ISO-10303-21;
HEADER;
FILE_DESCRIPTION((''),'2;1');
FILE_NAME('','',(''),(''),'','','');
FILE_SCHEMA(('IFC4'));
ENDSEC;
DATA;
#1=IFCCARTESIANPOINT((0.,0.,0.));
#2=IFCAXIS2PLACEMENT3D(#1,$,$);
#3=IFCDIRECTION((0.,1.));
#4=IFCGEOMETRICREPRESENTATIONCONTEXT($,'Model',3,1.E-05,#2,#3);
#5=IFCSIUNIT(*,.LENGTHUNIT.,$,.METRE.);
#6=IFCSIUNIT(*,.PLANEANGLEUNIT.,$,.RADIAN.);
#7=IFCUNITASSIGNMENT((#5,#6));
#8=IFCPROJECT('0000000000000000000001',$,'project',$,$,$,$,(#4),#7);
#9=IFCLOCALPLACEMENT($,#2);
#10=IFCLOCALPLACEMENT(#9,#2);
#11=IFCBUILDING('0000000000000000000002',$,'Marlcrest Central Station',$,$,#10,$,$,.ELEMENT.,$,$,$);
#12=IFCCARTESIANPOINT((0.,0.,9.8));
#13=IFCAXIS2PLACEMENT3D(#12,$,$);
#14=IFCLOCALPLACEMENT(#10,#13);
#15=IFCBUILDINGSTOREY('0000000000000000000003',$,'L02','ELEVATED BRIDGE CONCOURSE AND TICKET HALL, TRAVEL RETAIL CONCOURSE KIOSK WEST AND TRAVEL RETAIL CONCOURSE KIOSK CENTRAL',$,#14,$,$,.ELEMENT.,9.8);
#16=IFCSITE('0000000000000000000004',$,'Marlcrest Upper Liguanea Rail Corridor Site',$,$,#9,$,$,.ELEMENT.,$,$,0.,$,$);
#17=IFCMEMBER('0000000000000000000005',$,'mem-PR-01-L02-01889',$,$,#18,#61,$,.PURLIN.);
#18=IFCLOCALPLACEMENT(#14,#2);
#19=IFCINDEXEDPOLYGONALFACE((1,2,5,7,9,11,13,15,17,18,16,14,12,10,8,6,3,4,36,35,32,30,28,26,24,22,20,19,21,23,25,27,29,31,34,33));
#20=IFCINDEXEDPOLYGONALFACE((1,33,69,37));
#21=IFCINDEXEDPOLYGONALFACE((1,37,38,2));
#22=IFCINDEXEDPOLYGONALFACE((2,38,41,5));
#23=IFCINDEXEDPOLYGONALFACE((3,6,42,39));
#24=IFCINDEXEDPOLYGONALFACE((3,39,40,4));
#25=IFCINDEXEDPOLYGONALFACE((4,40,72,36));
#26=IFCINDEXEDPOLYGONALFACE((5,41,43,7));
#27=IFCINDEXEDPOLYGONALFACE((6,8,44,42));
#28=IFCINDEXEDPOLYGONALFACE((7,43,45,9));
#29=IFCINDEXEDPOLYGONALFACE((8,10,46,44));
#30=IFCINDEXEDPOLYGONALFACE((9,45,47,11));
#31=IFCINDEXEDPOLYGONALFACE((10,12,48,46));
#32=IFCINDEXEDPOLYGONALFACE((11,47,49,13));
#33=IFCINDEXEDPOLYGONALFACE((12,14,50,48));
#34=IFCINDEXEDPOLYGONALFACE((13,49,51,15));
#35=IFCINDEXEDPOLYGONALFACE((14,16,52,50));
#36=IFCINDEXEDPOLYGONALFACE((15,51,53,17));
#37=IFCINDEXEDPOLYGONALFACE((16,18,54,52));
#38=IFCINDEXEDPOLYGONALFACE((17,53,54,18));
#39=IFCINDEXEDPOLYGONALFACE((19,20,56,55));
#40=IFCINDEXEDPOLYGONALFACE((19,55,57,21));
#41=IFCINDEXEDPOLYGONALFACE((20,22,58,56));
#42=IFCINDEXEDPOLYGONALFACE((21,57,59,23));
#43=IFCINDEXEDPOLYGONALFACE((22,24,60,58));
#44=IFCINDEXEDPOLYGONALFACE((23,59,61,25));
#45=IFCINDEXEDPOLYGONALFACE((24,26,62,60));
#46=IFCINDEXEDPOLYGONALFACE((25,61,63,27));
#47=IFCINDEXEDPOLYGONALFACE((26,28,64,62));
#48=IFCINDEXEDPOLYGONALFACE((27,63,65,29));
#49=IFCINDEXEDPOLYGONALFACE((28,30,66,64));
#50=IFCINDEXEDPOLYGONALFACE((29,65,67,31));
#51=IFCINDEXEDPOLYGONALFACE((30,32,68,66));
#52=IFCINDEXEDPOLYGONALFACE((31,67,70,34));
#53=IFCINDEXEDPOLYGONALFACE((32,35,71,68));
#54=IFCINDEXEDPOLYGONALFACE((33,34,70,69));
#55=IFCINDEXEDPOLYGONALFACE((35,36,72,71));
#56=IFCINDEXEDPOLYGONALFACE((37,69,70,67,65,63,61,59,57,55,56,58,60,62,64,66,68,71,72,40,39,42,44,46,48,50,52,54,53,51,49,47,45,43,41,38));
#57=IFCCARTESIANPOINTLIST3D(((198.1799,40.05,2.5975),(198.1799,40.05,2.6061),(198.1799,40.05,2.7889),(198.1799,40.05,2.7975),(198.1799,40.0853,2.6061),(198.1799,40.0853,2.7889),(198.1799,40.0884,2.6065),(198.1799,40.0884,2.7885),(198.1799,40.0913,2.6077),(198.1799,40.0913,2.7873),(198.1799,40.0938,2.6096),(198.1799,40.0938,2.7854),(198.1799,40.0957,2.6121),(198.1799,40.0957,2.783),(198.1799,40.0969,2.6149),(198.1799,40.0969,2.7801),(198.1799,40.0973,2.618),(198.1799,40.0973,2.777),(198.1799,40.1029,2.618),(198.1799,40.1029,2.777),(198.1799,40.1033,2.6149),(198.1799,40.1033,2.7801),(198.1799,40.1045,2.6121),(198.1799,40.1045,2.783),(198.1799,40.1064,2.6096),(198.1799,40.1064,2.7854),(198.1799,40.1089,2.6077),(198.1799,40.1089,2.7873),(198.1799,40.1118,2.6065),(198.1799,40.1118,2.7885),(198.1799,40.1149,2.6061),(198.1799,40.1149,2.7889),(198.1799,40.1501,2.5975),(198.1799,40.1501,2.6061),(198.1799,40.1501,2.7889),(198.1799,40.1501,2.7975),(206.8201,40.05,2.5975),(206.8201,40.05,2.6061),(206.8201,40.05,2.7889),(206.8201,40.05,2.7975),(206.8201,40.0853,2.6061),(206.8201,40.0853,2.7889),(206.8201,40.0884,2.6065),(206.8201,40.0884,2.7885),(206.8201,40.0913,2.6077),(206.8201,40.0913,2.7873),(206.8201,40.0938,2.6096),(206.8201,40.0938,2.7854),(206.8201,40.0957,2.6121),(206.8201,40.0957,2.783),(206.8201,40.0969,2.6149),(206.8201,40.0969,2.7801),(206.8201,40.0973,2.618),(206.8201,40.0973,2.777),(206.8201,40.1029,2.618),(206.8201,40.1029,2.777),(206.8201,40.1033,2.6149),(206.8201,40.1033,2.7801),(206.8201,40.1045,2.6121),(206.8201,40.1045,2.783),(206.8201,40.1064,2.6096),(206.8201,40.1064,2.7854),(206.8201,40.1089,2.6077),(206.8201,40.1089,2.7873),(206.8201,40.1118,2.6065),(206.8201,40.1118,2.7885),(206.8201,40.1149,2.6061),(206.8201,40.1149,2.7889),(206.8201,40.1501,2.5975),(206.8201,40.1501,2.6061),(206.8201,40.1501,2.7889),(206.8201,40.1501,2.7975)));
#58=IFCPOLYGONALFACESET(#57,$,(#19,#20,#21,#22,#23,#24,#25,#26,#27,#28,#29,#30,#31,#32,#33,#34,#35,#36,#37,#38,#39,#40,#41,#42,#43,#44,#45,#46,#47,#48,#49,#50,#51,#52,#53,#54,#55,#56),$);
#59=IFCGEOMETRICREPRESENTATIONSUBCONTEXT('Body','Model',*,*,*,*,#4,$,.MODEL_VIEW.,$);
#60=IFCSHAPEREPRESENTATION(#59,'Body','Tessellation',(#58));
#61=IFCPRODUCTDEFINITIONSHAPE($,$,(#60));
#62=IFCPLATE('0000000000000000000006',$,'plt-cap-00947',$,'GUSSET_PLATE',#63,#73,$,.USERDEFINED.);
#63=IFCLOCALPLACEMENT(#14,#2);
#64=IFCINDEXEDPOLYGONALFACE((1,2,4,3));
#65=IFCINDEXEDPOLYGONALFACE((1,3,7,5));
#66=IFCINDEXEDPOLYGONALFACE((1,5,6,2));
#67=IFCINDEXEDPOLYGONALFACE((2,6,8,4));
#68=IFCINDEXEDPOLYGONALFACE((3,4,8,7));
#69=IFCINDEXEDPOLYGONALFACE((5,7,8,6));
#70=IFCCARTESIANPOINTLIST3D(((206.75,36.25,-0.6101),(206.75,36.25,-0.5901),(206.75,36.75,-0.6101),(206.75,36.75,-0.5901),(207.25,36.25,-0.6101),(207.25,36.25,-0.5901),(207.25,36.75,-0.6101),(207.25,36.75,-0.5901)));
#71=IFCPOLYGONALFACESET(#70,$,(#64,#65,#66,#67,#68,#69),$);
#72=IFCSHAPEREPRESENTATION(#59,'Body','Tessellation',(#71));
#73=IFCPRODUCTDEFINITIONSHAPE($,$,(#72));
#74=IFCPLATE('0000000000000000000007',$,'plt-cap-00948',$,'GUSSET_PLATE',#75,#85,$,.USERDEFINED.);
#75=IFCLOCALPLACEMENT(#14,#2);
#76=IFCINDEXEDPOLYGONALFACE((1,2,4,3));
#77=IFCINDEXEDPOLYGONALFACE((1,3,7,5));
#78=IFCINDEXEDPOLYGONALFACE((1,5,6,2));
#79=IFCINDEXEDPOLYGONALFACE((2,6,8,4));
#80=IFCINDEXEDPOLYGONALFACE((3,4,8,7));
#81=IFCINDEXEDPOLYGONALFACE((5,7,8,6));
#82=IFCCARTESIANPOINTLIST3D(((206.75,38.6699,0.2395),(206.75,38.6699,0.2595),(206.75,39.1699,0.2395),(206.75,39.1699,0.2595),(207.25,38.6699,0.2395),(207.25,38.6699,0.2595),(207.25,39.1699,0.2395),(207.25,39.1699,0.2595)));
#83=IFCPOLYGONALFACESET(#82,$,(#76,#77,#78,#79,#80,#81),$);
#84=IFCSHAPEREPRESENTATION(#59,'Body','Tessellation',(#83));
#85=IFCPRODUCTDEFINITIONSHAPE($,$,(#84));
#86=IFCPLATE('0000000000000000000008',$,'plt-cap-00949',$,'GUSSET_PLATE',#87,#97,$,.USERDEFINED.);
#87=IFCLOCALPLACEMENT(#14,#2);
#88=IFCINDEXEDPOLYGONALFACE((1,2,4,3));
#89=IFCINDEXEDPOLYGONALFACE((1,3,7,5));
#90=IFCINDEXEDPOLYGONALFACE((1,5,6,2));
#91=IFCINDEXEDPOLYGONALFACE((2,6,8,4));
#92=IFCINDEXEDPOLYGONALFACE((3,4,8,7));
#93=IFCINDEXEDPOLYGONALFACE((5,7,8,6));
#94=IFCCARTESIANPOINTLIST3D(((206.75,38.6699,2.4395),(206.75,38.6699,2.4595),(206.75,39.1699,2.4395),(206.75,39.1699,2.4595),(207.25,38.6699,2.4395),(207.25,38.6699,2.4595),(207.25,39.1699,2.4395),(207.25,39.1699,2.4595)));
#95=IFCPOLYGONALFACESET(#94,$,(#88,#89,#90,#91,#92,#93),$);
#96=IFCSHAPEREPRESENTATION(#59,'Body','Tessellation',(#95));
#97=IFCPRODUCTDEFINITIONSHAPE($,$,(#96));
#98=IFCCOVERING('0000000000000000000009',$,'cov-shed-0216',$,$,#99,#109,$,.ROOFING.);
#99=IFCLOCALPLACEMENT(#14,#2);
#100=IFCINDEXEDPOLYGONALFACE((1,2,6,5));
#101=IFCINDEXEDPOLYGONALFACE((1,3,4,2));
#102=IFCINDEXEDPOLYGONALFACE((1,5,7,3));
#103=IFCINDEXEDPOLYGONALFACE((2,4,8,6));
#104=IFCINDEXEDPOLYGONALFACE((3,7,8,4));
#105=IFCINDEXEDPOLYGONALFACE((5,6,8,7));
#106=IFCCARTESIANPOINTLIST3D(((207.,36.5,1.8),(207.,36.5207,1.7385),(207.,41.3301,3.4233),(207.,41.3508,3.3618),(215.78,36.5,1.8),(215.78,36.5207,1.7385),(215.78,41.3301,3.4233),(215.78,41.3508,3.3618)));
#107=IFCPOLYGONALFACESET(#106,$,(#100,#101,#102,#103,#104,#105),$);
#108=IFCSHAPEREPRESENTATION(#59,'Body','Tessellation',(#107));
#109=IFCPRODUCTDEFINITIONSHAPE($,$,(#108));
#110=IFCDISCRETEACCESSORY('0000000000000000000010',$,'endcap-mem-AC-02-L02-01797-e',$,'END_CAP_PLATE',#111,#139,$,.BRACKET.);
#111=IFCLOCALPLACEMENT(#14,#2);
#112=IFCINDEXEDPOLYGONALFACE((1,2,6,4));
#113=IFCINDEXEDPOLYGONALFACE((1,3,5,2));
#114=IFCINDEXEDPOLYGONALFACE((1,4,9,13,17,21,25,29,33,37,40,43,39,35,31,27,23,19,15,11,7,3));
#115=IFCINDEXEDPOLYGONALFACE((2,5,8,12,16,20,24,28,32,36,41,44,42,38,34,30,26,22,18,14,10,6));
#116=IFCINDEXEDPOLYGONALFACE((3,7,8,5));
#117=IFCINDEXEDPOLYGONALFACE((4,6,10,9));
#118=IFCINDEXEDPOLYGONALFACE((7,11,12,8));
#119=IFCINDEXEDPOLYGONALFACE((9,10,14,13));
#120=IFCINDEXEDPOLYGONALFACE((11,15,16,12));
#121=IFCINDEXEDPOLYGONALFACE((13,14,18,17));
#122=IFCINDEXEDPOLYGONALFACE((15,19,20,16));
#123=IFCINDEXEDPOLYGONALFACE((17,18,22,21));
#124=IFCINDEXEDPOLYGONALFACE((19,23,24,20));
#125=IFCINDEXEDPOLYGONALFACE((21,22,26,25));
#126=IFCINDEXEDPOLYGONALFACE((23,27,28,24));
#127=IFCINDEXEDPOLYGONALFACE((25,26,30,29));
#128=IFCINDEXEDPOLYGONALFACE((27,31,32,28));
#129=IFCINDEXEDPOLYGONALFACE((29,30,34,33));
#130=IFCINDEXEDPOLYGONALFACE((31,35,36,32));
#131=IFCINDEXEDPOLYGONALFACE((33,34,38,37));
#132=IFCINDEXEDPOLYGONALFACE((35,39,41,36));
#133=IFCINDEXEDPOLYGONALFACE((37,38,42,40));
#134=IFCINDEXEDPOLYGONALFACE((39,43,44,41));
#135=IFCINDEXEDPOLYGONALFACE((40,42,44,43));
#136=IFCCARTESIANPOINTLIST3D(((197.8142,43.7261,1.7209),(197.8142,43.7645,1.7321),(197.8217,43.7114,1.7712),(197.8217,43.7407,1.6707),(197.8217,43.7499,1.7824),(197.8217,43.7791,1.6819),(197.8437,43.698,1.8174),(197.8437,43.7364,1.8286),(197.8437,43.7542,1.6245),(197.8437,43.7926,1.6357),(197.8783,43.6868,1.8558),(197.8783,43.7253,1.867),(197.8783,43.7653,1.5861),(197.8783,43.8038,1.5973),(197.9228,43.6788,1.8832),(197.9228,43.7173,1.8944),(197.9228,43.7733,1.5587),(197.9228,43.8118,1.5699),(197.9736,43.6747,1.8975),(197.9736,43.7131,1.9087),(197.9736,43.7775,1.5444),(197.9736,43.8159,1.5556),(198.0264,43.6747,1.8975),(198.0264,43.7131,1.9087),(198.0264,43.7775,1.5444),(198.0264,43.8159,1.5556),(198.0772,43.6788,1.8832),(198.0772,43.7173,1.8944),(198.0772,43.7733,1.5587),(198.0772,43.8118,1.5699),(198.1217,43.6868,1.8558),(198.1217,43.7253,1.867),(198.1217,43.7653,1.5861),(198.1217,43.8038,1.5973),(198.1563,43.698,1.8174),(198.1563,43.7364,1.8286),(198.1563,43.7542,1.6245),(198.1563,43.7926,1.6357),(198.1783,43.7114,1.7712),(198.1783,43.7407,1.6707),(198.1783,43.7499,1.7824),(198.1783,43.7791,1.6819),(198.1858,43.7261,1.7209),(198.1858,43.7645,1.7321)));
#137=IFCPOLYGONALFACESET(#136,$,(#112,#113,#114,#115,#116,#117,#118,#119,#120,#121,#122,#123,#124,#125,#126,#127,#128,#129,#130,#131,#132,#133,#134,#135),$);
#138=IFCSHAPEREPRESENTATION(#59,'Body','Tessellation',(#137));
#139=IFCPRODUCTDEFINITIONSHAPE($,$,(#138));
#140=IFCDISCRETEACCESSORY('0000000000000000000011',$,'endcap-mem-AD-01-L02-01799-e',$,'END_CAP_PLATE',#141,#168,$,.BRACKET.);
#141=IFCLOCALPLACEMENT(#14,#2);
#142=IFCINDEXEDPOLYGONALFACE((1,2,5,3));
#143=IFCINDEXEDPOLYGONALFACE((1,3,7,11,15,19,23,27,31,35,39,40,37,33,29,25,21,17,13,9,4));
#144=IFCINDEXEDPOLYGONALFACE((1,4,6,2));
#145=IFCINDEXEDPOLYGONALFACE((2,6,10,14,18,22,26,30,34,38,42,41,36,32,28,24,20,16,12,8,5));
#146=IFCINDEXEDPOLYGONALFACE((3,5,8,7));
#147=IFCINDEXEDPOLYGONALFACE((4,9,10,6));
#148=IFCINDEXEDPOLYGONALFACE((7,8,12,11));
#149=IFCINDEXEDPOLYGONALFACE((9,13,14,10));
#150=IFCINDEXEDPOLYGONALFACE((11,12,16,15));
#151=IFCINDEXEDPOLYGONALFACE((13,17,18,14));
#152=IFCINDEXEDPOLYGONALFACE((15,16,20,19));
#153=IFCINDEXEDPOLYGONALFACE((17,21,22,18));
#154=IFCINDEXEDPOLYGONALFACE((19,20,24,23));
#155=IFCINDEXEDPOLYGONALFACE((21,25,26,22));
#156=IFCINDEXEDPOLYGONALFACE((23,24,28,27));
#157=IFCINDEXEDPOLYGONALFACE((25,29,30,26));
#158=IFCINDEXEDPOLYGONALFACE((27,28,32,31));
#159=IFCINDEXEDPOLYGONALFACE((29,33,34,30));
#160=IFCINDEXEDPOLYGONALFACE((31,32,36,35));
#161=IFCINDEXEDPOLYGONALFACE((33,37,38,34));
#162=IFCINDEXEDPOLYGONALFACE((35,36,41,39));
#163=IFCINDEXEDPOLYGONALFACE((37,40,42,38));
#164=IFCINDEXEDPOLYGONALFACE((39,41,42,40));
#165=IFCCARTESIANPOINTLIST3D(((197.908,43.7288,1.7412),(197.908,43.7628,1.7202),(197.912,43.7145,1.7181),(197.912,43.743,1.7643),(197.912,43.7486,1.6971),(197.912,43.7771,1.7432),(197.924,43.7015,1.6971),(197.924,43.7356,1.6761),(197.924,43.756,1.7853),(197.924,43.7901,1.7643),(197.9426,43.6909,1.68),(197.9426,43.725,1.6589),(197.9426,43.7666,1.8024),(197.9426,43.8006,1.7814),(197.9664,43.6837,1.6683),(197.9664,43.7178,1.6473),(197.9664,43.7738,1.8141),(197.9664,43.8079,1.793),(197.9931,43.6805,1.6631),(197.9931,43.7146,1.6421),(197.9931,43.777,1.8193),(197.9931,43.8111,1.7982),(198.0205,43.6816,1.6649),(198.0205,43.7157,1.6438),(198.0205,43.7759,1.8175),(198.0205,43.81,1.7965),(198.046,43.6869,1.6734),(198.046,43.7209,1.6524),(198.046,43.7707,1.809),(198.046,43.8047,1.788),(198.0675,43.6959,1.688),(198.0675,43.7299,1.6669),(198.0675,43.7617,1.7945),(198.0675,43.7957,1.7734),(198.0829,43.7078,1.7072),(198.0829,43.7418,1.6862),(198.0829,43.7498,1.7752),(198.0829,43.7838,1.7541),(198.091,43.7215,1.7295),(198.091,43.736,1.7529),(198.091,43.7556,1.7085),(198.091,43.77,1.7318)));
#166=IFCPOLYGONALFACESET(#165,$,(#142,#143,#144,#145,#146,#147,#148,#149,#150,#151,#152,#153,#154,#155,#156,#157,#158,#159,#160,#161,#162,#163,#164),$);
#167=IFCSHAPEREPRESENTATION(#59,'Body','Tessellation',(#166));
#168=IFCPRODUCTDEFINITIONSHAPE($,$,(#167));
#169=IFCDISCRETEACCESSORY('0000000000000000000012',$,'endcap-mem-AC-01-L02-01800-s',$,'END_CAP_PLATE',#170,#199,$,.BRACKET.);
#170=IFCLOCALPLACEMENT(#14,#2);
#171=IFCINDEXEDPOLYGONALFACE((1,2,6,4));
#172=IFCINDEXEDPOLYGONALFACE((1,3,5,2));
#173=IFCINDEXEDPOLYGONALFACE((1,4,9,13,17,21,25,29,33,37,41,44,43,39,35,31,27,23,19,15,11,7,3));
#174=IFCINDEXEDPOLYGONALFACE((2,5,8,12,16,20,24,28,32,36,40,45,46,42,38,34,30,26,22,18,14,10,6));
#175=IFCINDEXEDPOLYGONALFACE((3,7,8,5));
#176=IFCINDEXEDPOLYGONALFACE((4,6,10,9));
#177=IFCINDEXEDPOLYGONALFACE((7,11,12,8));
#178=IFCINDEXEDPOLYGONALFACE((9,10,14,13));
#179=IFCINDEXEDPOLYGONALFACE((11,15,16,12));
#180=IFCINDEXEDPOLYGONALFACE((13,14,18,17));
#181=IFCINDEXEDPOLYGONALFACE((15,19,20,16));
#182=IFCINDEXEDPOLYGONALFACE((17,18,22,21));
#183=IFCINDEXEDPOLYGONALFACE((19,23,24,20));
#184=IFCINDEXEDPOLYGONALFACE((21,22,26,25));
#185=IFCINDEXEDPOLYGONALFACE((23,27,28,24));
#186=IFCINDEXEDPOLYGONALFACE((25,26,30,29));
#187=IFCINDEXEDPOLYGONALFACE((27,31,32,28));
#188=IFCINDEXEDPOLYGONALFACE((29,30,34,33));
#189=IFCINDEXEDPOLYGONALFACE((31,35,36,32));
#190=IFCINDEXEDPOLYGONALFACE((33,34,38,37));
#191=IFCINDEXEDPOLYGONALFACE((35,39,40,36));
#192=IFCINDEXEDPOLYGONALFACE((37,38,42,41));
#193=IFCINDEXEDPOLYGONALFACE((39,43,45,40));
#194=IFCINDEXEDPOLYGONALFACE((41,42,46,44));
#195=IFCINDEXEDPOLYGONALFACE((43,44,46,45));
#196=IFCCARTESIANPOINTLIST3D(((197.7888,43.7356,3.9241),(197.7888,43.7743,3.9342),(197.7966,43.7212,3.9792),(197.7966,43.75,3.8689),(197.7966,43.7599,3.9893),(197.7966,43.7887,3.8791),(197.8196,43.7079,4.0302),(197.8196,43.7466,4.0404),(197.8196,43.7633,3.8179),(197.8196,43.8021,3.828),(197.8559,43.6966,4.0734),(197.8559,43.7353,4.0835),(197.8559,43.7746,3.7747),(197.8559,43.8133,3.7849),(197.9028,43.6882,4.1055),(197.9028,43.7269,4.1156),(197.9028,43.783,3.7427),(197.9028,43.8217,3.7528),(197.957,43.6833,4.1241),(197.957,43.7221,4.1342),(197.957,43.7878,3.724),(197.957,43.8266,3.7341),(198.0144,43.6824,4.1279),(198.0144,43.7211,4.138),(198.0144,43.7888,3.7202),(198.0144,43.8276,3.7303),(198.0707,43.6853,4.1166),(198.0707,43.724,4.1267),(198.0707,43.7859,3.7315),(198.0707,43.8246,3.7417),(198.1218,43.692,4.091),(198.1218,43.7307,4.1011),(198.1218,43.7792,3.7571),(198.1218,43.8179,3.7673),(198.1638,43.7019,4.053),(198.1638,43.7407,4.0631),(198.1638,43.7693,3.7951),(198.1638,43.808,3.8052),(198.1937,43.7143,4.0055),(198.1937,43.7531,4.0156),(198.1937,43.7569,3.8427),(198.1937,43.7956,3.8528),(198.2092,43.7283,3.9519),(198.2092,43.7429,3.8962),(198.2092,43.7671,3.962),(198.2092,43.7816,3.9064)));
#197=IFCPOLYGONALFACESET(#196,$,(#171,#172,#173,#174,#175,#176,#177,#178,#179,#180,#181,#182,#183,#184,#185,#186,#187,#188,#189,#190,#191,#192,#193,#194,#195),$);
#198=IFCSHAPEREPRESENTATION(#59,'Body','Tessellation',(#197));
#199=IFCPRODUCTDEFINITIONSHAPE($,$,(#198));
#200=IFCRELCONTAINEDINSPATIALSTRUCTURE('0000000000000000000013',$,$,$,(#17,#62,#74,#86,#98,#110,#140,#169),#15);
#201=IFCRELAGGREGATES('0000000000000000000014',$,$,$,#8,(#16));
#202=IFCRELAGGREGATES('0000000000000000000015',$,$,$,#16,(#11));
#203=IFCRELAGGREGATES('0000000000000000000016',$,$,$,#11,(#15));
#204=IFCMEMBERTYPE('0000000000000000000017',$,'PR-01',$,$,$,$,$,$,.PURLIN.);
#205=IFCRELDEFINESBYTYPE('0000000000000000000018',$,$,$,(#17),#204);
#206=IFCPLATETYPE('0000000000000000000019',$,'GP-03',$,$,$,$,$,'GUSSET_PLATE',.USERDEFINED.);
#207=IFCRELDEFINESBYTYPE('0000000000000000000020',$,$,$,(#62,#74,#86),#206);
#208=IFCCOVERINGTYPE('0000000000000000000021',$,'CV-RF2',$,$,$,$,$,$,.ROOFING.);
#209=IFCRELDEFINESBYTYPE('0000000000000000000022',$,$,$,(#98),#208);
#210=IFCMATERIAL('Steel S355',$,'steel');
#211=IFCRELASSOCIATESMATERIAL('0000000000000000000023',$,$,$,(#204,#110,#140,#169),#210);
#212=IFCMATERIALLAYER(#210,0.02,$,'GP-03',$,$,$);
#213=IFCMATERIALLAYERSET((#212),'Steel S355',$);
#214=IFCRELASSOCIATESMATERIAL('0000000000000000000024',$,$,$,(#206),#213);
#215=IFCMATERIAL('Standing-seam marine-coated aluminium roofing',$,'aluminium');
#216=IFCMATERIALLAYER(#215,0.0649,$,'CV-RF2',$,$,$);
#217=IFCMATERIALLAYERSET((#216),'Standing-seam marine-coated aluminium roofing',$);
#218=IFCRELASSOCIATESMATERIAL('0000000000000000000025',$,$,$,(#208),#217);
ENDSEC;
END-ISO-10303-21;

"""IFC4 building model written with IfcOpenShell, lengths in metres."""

from ifc_helpers import new_model, si_unit, direction, frame, origin, origin_2d, place, context, subcontext, project, spatial, polyline, rectangle, circle, i_section, outline, extrude, material, layer, layer_set, material_profile, profile_set, type_object, element, save


model = new_model("IFC4")

# Units and contexts
model_context = context("Model", 3, precision=1e-05, world=origin(), true_north=direction((0.0, 1.0)))
body_context = subcontext(model_context, "Body", "Model", "MODEL_VIEW")
ifc_project = project(units=[si_unit("LENGTHUNIT", "METRE"), si_unit("PLANEANGLEUNIT", "RADIAN")], contexts=[model_context])

# Site, building, storey
site_placement = place(None, origin())
site = spatial("IfcSite", under=ifc_project, at=site_placement, Name="Marlcrest Upper Liguanea Rail Corridor Site", CompositionType="ELEMENT", RefElevation=0.0)
building_placement = place(site_placement, origin())
building = spatial("IfcBuilding", under=site, at=building_placement, Name="Marlcrest Central Station", CompositionType="ELEMENT")
storey_placement = place(building_placement, frame((0.0, 0.0, 9.8)))
storey = spatial("IfcBuildingStorey", under=building, at=storey_placement, Name="L02", Description="ELEVATED BRIDGE CONCOURSE AND TICKET HALL, TRAVEL RETAIL CONCOURSE KIOSK WEST AND TRAVEL RETAIL CONCOURSE KIOSK CENTRAL", CompositionType="ELEMENT", Elevation=9.8)

# Member
ifc_material_1 = material(Name="Steel S355", Category="steel")
ifc_material_profile_1 = material_profile(ifc_material_1, i_section(OverallWidth=0.1001, OverallDepth=0.2, WebThickness=0.0056, FlangeThickness=0.0085, FilletRadius=0.012, at=origin_2d()), Name="IPE 200")
ifc_profile_set_1 = profile_set([ifc_material_profile_1], Name="Steel S355")
member_type_1 = type_object("IfcMemberType", Name="PR-01", PredefinedType="PURLIN", material=ifc_profile_set_1)
member_1_placement = place(storey_placement, frame((198.1799, 40.1001, 2.6975), z_axis=(1.0, 0.0, 0.0), x_axis=(0.0, 1.0, 0.0)))
element("IfcMember", 1, at=member_1_placement, inside=storey, type_object=member_type_1, Name="mem-PR-01-L02-01889", PredefinedType="PURLIN", context=body_context, shape_type="SweptSolid", body=[
    extrude(i_section(OverallWidth=0.1001, OverallDepth=0.2, WebThickness=0.0056, FlangeThickness=0.0085, FilletRadius=0.012, at=origin_2d()), origin(), (0.0, 0.0, 1.0), 8.6401),
])

# Plates
ifc_layer_1 = layer(ifc_material_1, 0.02, Name="GP-03")
ifc_layer_set_1 = layer_set([ifc_layer_1], Name="Steel S355")
plate_type = type_object("IfcPlateType", Name="GP-03", ElementType="GUSSET_PLATE", PredefinedType="USERDEFINED", material=ifc_layer_set_1)
for number, where, z_axis, x_axis, name in (
    (2, (207.0, 36.5, -0.6101), (0.0, 0.0, 1.0), (1.0, 0.0, 0.0), "plt-cap-00947"),
    (3, (207.0, 38.9199, 0.2395), (0.0, 0.0, 1.0), (1.0, 0.0, 0.0), "plt-cap-00948"),
    (4, (207.0, 38.9199, 2.4395), (0.0, 0.0, 1.0), (1.0, 0.0, 0.0), "plt-cap-00949"),
):
    element("IfcPlate", number, at=place(storey_placement, frame(where, z_axis=z_axis, x_axis=x_axis)), inside=storey, type_object=plate_type, Name=name, ObjectType="GUSSET_PLATE", PredefinedType="USERDEFINED", context=body_context, shape_type="SweptSolid", body=[
        extrude(rectangle(XDim=0.5, YDim=0.5, at=origin_2d()), origin(), (0.0, 0.0, 1.0), 0.02),
    ])

# Covering
ifc_material_2 = material(Name="Standing-seam marine-coated aluminium roofing", Category="aluminium")
ifc_layer_2 = layer(ifc_material_2, 0.0649, Name="CV-RF2")
ifc_layer_set_2 = layer_set([ifc_layer_2], Name="Standing-seam marine-coated aluminium roofing")
covering_type = type_object("IfcCoveringType", Name="CV-RF2", PredefinedType="ROOFING", material=ifc_layer_set_2)
covering_placement = place(storey_placement, frame((207.0, 36.5, 1.8), z_axis=(0.0, -0.31857, 0.947899), x_axis=(1.0, 0.0, 0.0)))
element("IfcCovering", 5, at=covering_placement, inside=storey, type_object=covering_type, Name="cov-shed-0216", PredefinedType="ROOFING", context=body_context, shape_type="SweptSolid", body=[
    extrude(outline(polyline([(0.0, 0.0), (8.78, 0.0), (8.78, 5.0956), (0.0, 5.0956), (0.0, 0.0)])), origin(), (0.0, 0.0, -1.0), 0.0649),
])

# Discrete accessories
discrete_accessory_1_placement = place(storey_placement, frame((198.0, 43.7261, 1.7209), z_axis=(0.0, 0.96013, 0.279554), x_axis=(-1.0, 0.0, 0.0)))
element("IfcDiscreteAccessory", 6, at=discrete_accessory_1_placement, inside=storey, material=ifc_material_1, Name="endcap-mem-AC-02-L02-01797-e", ObjectType="END_CAP_PLATE", PredefinedType="BRACKET", context=body_context, shape_type="SweptSolid", body=[
    extrude(circle(Radius=0.1858, at=origin_2d()), origin(), (0.0, 0.0, 1.0), 0.04),
])
discrete_accessory_2_placement = place(storey_placement, frame((198.0, 43.7288, 1.7412), z_axis=(0.0, 0.850687, -0.525672), x_axis=(-1.0, 0.0, 0.0)))
element("IfcDiscreteAccessory", 7, at=discrete_accessory_2_placement, inside=storey, material=ifc_material_1, Name="endcap-mem-AD-01-L02-01799-e", ObjectType="END_CAP_PLATE", PredefinedType="BRACKET", context=body_context, shape_type="SweptSolid", body=[
    extrude(circle(Radius=0.092, at=origin_2d()), origin(), (0.0, 0.0, 1.0), 0.04),
])
discrete_accessory_3_placement = place(storey_placement, frame((198.0, 43.7356, 3.9241), z_axis=(0.0, 0.967539, 0.25272), x_axis=(-1.0, 0.0, 0.0)))
element("IfcDiscreteAccessory", 8, at=discrete_accessory_3_placement, inside=storey, material=ifc_material_1, Name="endcap-mem-AC-01-L02-01800-s", ObjectType="END_CAP_PLATE", PredefinedType="BRACKET", context=body_context, shape_type="SweptSolid", body=[
    extrude(circle(Radius=0.2112, at=origin_2d()), origin(), (0.0, 0.0, 1.0), 0.04),
])

save(model, "model.ifc")
